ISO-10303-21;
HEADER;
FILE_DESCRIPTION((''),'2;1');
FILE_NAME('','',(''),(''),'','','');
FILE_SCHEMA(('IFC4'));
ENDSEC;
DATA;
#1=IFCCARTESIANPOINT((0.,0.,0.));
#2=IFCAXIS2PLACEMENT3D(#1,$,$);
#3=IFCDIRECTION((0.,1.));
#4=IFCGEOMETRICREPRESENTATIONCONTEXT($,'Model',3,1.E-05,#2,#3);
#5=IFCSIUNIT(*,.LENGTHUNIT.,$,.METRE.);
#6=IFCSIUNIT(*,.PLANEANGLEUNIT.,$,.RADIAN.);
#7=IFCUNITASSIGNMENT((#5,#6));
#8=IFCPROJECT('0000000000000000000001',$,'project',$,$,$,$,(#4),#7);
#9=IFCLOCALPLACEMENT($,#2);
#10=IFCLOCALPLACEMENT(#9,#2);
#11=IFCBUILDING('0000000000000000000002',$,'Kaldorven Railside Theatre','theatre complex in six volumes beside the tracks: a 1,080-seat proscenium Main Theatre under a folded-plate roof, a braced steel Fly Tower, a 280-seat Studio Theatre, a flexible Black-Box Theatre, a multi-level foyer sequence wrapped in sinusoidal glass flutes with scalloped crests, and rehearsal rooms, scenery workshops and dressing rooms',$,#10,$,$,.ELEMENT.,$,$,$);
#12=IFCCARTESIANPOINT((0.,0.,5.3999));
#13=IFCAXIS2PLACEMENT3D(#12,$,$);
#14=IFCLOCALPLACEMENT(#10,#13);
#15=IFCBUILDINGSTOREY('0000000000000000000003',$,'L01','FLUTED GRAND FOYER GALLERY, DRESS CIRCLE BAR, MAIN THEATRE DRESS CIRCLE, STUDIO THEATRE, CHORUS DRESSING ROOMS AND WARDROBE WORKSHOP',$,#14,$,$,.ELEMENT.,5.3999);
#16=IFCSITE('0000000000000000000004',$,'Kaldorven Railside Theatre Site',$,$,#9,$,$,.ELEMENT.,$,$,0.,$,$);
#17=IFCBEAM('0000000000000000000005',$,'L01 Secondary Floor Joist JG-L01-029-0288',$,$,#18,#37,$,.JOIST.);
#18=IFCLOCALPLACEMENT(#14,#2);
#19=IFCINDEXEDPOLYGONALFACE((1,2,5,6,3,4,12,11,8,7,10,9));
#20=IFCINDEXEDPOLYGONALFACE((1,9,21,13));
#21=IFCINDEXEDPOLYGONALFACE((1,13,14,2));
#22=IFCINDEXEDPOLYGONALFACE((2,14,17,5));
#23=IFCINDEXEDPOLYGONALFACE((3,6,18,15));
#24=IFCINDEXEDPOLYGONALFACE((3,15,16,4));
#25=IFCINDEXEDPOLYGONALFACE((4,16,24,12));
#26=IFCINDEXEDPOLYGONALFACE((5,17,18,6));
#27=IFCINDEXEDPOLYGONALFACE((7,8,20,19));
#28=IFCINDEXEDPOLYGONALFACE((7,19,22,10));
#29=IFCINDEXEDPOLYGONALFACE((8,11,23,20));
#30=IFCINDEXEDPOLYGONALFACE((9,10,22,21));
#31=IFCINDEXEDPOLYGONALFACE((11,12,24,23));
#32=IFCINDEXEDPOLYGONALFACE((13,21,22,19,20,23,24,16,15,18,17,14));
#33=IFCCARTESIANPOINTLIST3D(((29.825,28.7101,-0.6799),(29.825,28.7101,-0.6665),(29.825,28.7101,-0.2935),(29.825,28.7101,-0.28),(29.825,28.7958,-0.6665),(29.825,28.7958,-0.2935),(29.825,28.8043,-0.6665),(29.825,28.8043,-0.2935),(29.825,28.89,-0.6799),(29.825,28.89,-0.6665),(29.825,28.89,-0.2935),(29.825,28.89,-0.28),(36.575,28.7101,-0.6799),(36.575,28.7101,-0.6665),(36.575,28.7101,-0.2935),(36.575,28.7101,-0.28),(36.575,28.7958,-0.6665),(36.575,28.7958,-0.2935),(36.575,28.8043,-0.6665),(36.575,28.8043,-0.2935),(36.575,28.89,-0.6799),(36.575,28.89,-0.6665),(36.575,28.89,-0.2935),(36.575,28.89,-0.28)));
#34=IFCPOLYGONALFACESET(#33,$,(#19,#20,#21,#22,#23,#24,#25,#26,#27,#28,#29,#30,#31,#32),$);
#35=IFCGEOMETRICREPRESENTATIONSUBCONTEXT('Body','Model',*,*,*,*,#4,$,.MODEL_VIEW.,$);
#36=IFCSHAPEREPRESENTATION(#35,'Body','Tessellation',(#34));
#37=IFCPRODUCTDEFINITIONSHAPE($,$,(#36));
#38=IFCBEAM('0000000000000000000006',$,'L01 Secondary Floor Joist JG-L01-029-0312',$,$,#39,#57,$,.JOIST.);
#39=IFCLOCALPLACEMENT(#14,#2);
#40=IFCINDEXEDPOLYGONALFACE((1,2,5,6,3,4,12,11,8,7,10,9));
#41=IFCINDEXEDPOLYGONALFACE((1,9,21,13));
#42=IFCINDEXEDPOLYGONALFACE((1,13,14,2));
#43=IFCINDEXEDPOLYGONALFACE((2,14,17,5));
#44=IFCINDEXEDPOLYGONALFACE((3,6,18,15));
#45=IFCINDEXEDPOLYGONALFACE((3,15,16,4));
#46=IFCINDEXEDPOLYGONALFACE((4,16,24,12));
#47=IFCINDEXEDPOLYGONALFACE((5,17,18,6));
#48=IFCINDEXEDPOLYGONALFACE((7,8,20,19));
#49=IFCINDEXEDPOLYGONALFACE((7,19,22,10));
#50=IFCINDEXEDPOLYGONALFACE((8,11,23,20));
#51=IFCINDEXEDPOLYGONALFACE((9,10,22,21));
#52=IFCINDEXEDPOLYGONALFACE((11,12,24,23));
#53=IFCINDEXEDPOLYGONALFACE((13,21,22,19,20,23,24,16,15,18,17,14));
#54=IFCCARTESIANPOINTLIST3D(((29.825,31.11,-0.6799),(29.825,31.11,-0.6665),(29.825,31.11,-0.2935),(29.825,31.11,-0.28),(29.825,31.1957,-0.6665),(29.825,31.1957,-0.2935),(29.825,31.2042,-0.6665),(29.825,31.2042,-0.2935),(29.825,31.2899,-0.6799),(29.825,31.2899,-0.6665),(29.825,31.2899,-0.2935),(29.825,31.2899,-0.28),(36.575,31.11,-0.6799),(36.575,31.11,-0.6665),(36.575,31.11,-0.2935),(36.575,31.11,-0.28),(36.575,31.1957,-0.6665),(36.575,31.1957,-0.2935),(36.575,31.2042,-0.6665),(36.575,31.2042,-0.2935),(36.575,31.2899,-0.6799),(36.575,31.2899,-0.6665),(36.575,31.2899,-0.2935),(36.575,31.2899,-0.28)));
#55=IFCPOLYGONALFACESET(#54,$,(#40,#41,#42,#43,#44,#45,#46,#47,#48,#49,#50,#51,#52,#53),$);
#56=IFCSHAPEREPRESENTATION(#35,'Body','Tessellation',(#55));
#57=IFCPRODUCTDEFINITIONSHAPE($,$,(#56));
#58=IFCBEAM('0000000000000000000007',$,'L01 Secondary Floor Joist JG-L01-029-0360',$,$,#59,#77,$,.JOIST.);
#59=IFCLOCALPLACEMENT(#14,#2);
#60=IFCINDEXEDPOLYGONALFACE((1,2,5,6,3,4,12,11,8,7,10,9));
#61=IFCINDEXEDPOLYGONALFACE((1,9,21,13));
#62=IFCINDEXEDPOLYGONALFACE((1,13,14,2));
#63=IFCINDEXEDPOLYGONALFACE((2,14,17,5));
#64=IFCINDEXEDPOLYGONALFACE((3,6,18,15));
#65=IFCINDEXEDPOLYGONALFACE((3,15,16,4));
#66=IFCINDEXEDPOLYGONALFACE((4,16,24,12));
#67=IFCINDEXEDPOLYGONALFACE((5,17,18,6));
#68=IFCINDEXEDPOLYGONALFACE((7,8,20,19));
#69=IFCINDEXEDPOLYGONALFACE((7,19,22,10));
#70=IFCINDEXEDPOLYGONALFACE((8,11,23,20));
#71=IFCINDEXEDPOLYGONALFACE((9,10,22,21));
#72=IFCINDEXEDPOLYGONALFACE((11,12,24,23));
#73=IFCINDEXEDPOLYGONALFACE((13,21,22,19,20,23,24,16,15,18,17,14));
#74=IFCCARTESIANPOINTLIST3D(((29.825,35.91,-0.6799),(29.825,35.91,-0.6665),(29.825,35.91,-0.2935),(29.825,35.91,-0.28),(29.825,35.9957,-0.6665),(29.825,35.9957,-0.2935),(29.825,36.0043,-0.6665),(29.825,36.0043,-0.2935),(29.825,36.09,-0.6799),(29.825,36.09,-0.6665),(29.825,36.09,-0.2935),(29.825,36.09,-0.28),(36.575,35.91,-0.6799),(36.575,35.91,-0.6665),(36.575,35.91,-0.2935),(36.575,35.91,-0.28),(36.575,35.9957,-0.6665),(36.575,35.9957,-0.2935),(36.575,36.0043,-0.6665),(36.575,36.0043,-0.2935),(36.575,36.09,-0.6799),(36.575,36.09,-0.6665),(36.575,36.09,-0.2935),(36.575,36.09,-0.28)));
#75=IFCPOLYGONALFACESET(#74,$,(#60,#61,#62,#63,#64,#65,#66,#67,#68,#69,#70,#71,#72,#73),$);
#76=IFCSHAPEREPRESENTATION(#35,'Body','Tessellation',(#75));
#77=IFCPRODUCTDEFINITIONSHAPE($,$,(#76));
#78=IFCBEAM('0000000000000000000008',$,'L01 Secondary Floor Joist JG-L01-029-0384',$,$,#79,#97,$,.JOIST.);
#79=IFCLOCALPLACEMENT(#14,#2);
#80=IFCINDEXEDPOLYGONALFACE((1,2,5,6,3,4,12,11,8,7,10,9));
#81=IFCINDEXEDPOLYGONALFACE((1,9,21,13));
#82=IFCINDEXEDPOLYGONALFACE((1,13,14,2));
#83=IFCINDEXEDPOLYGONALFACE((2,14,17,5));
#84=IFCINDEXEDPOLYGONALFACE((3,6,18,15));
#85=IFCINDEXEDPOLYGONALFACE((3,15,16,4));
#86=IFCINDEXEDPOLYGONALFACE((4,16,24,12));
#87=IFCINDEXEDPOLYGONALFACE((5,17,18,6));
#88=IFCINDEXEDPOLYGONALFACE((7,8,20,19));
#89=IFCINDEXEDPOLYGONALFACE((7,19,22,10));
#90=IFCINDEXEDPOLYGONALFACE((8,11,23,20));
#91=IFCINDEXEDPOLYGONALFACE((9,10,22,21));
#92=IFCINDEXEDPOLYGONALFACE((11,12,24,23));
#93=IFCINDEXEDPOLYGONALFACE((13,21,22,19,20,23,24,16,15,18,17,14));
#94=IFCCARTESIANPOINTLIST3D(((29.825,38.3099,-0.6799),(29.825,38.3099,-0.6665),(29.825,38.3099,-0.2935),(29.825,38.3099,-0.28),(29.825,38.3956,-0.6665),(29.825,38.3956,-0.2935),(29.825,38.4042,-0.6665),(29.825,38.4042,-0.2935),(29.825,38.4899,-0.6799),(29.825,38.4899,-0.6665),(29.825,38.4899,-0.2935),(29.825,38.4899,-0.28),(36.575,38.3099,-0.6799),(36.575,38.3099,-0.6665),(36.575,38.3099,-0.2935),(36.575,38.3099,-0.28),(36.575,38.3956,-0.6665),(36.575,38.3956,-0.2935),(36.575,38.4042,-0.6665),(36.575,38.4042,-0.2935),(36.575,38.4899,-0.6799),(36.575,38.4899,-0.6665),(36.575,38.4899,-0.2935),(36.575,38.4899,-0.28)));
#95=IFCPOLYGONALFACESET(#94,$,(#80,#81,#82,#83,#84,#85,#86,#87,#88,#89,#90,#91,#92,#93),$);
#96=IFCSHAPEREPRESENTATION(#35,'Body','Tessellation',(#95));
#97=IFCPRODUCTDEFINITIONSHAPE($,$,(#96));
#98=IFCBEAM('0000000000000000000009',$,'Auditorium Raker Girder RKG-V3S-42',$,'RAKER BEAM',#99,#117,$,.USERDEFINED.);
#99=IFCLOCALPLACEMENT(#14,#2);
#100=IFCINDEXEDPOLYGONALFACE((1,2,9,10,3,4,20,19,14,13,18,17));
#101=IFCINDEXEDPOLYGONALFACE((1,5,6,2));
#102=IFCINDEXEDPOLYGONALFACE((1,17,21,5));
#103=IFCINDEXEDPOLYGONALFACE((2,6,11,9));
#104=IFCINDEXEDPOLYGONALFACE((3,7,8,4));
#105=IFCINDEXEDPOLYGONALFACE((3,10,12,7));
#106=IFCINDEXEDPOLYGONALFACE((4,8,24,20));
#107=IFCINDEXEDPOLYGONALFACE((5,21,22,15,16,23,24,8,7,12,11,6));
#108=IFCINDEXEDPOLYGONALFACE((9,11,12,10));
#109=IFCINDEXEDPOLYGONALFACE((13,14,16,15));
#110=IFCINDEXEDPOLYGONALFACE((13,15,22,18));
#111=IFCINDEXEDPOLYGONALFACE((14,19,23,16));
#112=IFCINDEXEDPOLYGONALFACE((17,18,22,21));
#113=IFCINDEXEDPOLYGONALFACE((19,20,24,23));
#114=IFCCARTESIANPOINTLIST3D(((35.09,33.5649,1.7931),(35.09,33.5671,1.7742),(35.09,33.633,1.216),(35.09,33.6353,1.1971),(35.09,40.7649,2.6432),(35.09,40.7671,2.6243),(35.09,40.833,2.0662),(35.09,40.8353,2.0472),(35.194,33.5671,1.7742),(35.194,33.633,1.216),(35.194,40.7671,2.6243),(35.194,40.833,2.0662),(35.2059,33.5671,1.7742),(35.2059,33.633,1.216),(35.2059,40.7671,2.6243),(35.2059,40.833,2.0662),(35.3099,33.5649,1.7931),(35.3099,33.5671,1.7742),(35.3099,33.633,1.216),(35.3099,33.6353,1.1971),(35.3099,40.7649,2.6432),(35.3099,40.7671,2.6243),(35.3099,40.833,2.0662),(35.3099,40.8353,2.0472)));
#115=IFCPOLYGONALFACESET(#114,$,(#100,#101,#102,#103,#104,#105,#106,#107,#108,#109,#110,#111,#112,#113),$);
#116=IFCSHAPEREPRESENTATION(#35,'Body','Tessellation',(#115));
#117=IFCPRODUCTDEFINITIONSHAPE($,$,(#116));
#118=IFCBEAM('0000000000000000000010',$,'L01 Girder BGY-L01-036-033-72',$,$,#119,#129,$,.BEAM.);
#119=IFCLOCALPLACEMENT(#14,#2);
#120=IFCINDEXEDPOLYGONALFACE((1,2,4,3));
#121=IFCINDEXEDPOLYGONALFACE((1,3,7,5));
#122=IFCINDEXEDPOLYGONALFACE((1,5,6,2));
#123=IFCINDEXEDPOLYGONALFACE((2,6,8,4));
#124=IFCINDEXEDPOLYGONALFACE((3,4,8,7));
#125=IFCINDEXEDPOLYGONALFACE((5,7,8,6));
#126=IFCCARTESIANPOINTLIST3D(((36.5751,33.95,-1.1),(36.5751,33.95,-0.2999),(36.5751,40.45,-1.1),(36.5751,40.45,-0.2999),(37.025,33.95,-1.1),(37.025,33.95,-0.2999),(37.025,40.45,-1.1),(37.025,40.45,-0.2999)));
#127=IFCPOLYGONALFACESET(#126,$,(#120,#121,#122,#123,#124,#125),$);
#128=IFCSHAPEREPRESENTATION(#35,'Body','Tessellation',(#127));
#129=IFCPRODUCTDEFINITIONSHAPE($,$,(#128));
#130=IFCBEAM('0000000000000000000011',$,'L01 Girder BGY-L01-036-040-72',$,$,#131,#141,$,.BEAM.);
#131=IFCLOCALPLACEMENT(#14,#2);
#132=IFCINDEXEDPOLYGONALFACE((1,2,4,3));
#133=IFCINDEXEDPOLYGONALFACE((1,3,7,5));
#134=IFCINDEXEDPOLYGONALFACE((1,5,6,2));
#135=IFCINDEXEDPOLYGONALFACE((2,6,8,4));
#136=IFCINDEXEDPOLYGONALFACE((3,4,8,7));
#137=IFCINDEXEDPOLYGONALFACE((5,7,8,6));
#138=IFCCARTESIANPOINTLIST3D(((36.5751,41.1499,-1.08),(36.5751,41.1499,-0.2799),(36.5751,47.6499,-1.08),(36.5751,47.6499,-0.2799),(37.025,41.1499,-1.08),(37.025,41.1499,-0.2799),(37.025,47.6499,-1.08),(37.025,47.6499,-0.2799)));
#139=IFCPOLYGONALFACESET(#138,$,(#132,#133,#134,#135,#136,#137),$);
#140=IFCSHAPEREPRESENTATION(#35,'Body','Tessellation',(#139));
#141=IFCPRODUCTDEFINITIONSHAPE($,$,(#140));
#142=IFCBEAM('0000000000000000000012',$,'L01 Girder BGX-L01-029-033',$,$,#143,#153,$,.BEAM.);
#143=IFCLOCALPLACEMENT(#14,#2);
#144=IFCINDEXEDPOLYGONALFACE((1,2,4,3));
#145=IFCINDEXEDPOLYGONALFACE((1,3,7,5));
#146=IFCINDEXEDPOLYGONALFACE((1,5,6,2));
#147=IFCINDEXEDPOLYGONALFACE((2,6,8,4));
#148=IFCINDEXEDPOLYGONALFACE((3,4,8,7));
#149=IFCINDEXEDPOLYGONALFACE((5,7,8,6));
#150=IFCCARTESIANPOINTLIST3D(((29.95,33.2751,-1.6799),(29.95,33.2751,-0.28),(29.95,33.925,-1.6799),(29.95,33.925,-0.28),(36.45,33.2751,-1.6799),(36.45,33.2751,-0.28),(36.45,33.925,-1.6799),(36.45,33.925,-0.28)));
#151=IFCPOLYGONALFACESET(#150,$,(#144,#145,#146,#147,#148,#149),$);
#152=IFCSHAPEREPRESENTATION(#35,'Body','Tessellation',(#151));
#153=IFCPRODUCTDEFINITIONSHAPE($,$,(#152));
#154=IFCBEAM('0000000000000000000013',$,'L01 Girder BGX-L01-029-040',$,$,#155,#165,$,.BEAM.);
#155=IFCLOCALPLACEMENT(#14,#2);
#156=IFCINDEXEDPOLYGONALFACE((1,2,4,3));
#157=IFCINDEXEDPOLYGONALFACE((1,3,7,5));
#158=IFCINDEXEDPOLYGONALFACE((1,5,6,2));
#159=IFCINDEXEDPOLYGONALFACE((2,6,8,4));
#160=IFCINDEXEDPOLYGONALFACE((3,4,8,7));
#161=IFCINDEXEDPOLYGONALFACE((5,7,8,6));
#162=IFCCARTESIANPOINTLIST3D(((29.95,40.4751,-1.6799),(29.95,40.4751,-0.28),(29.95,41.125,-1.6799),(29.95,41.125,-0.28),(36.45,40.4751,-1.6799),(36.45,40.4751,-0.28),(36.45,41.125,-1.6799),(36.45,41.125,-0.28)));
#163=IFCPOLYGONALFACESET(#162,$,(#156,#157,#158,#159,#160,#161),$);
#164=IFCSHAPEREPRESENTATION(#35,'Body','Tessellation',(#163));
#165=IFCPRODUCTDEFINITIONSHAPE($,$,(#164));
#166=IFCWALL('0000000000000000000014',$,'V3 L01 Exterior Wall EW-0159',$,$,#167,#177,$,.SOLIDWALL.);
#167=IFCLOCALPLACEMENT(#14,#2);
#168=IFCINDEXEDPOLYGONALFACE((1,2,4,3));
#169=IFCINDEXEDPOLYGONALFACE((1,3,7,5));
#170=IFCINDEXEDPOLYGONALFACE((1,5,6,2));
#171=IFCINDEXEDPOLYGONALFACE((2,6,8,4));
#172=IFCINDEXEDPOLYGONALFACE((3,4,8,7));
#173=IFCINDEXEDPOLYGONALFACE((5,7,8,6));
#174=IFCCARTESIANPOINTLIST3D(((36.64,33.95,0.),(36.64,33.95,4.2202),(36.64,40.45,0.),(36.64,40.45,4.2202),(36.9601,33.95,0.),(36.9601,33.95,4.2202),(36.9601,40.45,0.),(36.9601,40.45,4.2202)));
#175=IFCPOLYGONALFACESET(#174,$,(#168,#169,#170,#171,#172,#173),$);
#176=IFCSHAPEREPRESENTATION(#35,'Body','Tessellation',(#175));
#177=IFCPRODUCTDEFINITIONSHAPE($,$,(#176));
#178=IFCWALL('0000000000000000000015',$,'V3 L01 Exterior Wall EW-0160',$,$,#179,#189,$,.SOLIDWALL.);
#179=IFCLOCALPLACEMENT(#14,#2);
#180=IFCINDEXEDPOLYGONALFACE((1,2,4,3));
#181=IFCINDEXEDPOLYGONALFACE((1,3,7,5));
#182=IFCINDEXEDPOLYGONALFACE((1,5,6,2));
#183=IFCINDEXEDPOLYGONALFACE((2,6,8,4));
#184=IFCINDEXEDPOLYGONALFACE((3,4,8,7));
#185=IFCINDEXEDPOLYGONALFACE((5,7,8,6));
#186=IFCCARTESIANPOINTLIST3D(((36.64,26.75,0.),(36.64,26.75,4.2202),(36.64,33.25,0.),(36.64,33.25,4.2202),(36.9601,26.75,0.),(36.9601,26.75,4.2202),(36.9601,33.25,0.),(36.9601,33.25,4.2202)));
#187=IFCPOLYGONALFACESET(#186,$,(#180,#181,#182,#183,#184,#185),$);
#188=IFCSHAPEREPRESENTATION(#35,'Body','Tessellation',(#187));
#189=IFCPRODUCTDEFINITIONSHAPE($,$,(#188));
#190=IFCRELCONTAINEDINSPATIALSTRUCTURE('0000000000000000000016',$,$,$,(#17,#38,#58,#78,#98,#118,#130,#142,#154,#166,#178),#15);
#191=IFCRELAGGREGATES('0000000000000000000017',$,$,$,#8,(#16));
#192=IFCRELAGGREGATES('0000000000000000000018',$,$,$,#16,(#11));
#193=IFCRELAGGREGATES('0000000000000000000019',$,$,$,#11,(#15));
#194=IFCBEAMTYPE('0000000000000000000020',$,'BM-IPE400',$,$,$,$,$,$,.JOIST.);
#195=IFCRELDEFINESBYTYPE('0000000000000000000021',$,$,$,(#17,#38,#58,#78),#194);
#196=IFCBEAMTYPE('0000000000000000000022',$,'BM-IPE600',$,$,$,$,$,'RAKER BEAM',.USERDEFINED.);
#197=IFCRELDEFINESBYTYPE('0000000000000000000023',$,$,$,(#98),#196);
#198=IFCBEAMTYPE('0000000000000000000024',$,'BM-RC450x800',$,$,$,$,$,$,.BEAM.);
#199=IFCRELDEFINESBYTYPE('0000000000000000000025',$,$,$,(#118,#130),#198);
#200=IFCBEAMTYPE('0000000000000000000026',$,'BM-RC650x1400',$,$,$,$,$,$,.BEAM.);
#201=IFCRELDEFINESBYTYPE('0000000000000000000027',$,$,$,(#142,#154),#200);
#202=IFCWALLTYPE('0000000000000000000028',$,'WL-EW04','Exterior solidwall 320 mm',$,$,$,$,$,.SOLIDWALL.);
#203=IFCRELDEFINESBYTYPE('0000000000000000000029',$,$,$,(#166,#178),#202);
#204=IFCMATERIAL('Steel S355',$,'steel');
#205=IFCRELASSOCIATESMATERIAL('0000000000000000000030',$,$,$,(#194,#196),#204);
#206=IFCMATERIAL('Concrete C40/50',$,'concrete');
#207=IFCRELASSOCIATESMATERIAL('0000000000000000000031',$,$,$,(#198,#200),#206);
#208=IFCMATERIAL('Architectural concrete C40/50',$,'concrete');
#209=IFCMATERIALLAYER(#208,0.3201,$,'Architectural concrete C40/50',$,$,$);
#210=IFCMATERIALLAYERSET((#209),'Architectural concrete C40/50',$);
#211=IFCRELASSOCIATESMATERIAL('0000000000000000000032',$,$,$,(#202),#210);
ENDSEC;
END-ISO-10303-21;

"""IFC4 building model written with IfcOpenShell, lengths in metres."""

from ifc_helpers import new_model, si_unit, direction, frame, frame_2d, origin, origin_2d, place, context, subcontext, project, spatial, rectangle, i_section, extrude, material, layer, layer_set, material_profile, profile_set, type_object, element, save


model = new_model("IFC4")

# Units and contexts
model_context = context("Model", 3, precision=1e-05, world=origin(), true_north=direction((0.0, 1.0)))
body_context = subcontext(model_context, "Body", "Model", "MODEL_VIEW")
ifc_project = project(units=[si_unit("LENGTHUNIT", "METRE"), si_unit("PLANEANGLEUNIT", "RADIAN")], contexts=[model_context])

# Site, building, storey
site_placement = place(None, origin())
site = spatial("IfcSite", under=ifc_project, at=site_placement, Name="Kaldorven Railside Theatre Site", CompositionType="ELEMENT", RefElevation=0.0)
building_placement = place(site_placement, origin())
building = spatial("IfcBuilding", under=site, at=building_placement, Name="Kaldorven Railside Theatre", Description="theatre complex in six volumes beside the tracks: a 1,080-seat proscenium Main Theatre under a folded-plate roof, a braced steel Fly Tower, a 280-seat Studio Theatre, a flexible Black-Box Theatre, a multi-level foyer sequence wrapped in sinusoidal glass flutes with scalloped crests, and rehearsal rooms, scenery workshops and dressing rooms", CompositionType="ELEMENT")
storey_placement = place(building_placement, frame((0.0, 0.0, 5.3999)))
storey = spatial("IfcBuildingStorey", under=building, at=storey_placement, Name="L01", Description="FLUTED GRAND FOYER GALLERY, DRESS CIRCLE BAR, MAIN THEATRE DRESS CIRCLE, STUDIO THEATRE, CHORUS DRESSING ROOMS AND WARDROBE WORKSHOP", CompositionType="ELEMENT", Elevation=5.3999)

# Shared definitions
ifc_material_1 = material(Name="Steel S355", Category="steel")
ifc_material_2 = material(Name="Concrete C40/50", Category="concrete")

# Beams
ifc_material_profile_1 = material_profile(ifc_material_1, i_section(OverallWidth=0.1799, OverallDepth=0.3999, WebThickness=0.0085, FlangeThickness=0.0134, at=origin_2d()), Name="IPE 400")
ifc_profile_set_1 = profile_set([ifc_material_profile_1], Name="Steel S355")
beam_type_1 = type_object("IfcBeamType", Name="BM-IPE400", PredefinedType="JOIST", material=ifc_profile_set_1)
for number, where, z_axis, x_axis, name in (
    (1, (29.825, 28.8, -0.48), (1.0, 0.0, 0.0), (0.0, 1.0, 0.0), "L01 Secondary Floor Joist JG-L01-029-0288"),
    (2, (29.825, 31.2, -0.48), (1.0, 0.0, 0.0), (0.0, 1.0, 0.0), "L01 Secondary Floor Joist JG-L01-029-0312"),
    (3, (29.825, 36.0, -0.48), (1.0, 0.0, 0.0), (0.0, 1.0, 0.0), "L01 Secondary Floor Joist JG-L01-029-0360"),
    (4, (29.825, 38.3999, -0.48), (1.0, 0.0, 0.0), (0.0, 1.0, 0.0), "L01 Secondary Floor Joist JG-L01-029-0384"),
):
    element("IfcBeam", number, at=place(storey_placement, frame(where, z_axis=z_axis, x_axis=x_axis)), inside=storey, type_object=beam_type_1, Name=name, PredefinedType="JOIST", context=body_context, shape_type="SweptSolid", body=[
        extrude(i_section(OverallWidth=0.1799, OverallDepth=0.3999, WebThickness=0.0085, FlangeThickness=0.0134, at=origin_2d()), origin(), (0.0, 0.0, 1.0), 6.75),
    ])
ifc_material_profile_2 = material_profile(ifc_material_1, i_section(OverallWidth=0.22, OverallDepth=0.6001, WebThickness=0.012, FlangeThickness=0.019, at=origin_2d()), Name="IPE 600")
ifc_profile_set_2 = profile_set([ifc_material_profile_2], Name="Steel S355")
beam_type_2 = type_object("IfcBeamType", Name="BM-IPE600", ElementType="RAKER BEAM", PredefinedType="USERDEFINED", material=ifc_profile_set_2)
beam_placement = place(storey_placement, frame((35.2, 33.6001, 1.4951), z_axis=(0.0, 0.993102, 0.117255), x_axis=(-1.0, 0.0, 0.0)))
element("IfcBeam", 5, at=beam_placement, inside=storey, type_object=beam_type_2, Name="Auditorium Raker Girder RKG-V3S-42", ObjectType="RAKER BEAM", PredefinedType="USERDEFINED", context=body_context, shape_type="SweptSolid", body=[
    extrude(i_section(OverallWidth=0.22, OverallDepth=0.6001, WebThickness=0.012, FlangeThickness=0.019, at=origin_2d()), origin(), (0.0, 0.0, 1.0), 7.25),
])
ifc_material_profile_3 = material_profile(ifc_material_2, rectangle(XDim=0.45, YDim=0.8, at=origin_2d()), Name="RC 450x800")
ifc_profile_set_3 = profile_set([ifc_material_profile_3], Name="Concrete C40/50")
beam_type_3 = type_object("IfcBeamType", Name="BM-RC450x800", PredefinedType="BEAM", material=ifc_profile_set_3)
for number, where, z_axis, x_axis, name in (
    (6, (36.8, 33.95, -0.7), (0.0, 1.0, 0.0), (-1.0, 0.0, 0.0), "L01 Girder BGY-L01-036-033-72"),
    (7, (36.8, 41.1499, -0.6799), (0.0, 1.0, 0.0), (-1.0, 0.0, 0.0), "L01 Girder BGY-L01-036-040-72"),
):
    element("IfcBeam", number, at=place(storey_placement, frame(where, z_axis=z_axis, x_axis=x_axis)), inside=storey, type_object=beam_type_3, Name=name, PredefinedType="BEAM", context=body_context, shape_type="SweptSolid", body=[
        extrude(rectangle(XDim=0.45, YDim=0.8, at=origin_2d()), origin(), (0.0, 0.0, 1.0), 6.5),
    ])
ifc_material_profile_4 = material_profile(ifc_material_2, rectangle(XDim=0.6499, YDim=1.3999, at=origin_2d()), Name="RC 650x1400")
ifc_profile_set_4 = profile_set([ifc_material_profile_4], Name="Concrete C40/50")
beam_type_4 = type_object("IfcBeamType", Name="BM-RC650x1400", PredefinedType="BEAM", material=ifc_profile_set_4)
for number, where, z_axis, x_axis, name in (
    (8, (29.95, 33.6001, -0.98), (1.0, 0.0, 0.0), (0.0, 1.0, 0.0), "L01 Girder BGX-L01-029-033"),
    (9, (29.95, 40.8, -0.98), (1.0, 0.0, 0.0), (0.0, 1.0, 0.0), "L01 Girder BGX-L01-029-040"),
):
    element("IfcBeam", number, at=place(storey_placement, frame(where, z_axis=z_axis, x_axis=x_axis)), inside=storey, type_object=beam_type_4, Name=name, PredefinedType="BEAM", context=body_context, shape_type="SweptSolid", body=[
        extrude(rectangle(XDim=0.6499, YDim=1.3999, at=origin_2d()), origin(), (0.0, 0.0, 1.0), 6.5),
    ])

# Walls
ifc_material_3 = material(Name="Architectural concrete C40/50", Category="concrete")
ifc_layer = layer(ifc_material_3, 0.3201, Name="Architectural concrete C40/50")
ifc_layer_set = layer_set([ifc_layer], Name="Architectural concrete C40/50")
wall_type = type_object("IfcWallType", Name="WL-EW04", Description="Exterior solidwall 320 mm", PredefinedType="SOLIDWALL", material=ifc_layer_set)
for number, where, z_axis, x_axis, name in (
    (10, (36.8, 40.45, 0.0), (0.0, 0.0, 1.0), (0.0, -1.0, 0.0), "V3 L01 Exterior Wall EW-0159"),
    (11, (36.8, 33.25, 0.0), (0.0, 0.0, 1.0), (0.0, -1.0, 0.0), "V3 L01 Exterior Wall EW-0160"),
):
    element("IfcWall", number, at=place(storey_placement, frame(where, z_axis=z_axis, x_axis=x_axis)), inside=storey, type_object=wall_type, Name=name, PredefinedType="SOLIDWALL", context=body_context, shape_type="SweptSolid", body=[
        extrude(rectangle(XDim=6.5, YDim=0.3201, at=frame_2d((3.25, 0.0))), origin(), (0.0, 0.0, 1.0), 4.2202),
    ])

save(model, "model.ifc")
